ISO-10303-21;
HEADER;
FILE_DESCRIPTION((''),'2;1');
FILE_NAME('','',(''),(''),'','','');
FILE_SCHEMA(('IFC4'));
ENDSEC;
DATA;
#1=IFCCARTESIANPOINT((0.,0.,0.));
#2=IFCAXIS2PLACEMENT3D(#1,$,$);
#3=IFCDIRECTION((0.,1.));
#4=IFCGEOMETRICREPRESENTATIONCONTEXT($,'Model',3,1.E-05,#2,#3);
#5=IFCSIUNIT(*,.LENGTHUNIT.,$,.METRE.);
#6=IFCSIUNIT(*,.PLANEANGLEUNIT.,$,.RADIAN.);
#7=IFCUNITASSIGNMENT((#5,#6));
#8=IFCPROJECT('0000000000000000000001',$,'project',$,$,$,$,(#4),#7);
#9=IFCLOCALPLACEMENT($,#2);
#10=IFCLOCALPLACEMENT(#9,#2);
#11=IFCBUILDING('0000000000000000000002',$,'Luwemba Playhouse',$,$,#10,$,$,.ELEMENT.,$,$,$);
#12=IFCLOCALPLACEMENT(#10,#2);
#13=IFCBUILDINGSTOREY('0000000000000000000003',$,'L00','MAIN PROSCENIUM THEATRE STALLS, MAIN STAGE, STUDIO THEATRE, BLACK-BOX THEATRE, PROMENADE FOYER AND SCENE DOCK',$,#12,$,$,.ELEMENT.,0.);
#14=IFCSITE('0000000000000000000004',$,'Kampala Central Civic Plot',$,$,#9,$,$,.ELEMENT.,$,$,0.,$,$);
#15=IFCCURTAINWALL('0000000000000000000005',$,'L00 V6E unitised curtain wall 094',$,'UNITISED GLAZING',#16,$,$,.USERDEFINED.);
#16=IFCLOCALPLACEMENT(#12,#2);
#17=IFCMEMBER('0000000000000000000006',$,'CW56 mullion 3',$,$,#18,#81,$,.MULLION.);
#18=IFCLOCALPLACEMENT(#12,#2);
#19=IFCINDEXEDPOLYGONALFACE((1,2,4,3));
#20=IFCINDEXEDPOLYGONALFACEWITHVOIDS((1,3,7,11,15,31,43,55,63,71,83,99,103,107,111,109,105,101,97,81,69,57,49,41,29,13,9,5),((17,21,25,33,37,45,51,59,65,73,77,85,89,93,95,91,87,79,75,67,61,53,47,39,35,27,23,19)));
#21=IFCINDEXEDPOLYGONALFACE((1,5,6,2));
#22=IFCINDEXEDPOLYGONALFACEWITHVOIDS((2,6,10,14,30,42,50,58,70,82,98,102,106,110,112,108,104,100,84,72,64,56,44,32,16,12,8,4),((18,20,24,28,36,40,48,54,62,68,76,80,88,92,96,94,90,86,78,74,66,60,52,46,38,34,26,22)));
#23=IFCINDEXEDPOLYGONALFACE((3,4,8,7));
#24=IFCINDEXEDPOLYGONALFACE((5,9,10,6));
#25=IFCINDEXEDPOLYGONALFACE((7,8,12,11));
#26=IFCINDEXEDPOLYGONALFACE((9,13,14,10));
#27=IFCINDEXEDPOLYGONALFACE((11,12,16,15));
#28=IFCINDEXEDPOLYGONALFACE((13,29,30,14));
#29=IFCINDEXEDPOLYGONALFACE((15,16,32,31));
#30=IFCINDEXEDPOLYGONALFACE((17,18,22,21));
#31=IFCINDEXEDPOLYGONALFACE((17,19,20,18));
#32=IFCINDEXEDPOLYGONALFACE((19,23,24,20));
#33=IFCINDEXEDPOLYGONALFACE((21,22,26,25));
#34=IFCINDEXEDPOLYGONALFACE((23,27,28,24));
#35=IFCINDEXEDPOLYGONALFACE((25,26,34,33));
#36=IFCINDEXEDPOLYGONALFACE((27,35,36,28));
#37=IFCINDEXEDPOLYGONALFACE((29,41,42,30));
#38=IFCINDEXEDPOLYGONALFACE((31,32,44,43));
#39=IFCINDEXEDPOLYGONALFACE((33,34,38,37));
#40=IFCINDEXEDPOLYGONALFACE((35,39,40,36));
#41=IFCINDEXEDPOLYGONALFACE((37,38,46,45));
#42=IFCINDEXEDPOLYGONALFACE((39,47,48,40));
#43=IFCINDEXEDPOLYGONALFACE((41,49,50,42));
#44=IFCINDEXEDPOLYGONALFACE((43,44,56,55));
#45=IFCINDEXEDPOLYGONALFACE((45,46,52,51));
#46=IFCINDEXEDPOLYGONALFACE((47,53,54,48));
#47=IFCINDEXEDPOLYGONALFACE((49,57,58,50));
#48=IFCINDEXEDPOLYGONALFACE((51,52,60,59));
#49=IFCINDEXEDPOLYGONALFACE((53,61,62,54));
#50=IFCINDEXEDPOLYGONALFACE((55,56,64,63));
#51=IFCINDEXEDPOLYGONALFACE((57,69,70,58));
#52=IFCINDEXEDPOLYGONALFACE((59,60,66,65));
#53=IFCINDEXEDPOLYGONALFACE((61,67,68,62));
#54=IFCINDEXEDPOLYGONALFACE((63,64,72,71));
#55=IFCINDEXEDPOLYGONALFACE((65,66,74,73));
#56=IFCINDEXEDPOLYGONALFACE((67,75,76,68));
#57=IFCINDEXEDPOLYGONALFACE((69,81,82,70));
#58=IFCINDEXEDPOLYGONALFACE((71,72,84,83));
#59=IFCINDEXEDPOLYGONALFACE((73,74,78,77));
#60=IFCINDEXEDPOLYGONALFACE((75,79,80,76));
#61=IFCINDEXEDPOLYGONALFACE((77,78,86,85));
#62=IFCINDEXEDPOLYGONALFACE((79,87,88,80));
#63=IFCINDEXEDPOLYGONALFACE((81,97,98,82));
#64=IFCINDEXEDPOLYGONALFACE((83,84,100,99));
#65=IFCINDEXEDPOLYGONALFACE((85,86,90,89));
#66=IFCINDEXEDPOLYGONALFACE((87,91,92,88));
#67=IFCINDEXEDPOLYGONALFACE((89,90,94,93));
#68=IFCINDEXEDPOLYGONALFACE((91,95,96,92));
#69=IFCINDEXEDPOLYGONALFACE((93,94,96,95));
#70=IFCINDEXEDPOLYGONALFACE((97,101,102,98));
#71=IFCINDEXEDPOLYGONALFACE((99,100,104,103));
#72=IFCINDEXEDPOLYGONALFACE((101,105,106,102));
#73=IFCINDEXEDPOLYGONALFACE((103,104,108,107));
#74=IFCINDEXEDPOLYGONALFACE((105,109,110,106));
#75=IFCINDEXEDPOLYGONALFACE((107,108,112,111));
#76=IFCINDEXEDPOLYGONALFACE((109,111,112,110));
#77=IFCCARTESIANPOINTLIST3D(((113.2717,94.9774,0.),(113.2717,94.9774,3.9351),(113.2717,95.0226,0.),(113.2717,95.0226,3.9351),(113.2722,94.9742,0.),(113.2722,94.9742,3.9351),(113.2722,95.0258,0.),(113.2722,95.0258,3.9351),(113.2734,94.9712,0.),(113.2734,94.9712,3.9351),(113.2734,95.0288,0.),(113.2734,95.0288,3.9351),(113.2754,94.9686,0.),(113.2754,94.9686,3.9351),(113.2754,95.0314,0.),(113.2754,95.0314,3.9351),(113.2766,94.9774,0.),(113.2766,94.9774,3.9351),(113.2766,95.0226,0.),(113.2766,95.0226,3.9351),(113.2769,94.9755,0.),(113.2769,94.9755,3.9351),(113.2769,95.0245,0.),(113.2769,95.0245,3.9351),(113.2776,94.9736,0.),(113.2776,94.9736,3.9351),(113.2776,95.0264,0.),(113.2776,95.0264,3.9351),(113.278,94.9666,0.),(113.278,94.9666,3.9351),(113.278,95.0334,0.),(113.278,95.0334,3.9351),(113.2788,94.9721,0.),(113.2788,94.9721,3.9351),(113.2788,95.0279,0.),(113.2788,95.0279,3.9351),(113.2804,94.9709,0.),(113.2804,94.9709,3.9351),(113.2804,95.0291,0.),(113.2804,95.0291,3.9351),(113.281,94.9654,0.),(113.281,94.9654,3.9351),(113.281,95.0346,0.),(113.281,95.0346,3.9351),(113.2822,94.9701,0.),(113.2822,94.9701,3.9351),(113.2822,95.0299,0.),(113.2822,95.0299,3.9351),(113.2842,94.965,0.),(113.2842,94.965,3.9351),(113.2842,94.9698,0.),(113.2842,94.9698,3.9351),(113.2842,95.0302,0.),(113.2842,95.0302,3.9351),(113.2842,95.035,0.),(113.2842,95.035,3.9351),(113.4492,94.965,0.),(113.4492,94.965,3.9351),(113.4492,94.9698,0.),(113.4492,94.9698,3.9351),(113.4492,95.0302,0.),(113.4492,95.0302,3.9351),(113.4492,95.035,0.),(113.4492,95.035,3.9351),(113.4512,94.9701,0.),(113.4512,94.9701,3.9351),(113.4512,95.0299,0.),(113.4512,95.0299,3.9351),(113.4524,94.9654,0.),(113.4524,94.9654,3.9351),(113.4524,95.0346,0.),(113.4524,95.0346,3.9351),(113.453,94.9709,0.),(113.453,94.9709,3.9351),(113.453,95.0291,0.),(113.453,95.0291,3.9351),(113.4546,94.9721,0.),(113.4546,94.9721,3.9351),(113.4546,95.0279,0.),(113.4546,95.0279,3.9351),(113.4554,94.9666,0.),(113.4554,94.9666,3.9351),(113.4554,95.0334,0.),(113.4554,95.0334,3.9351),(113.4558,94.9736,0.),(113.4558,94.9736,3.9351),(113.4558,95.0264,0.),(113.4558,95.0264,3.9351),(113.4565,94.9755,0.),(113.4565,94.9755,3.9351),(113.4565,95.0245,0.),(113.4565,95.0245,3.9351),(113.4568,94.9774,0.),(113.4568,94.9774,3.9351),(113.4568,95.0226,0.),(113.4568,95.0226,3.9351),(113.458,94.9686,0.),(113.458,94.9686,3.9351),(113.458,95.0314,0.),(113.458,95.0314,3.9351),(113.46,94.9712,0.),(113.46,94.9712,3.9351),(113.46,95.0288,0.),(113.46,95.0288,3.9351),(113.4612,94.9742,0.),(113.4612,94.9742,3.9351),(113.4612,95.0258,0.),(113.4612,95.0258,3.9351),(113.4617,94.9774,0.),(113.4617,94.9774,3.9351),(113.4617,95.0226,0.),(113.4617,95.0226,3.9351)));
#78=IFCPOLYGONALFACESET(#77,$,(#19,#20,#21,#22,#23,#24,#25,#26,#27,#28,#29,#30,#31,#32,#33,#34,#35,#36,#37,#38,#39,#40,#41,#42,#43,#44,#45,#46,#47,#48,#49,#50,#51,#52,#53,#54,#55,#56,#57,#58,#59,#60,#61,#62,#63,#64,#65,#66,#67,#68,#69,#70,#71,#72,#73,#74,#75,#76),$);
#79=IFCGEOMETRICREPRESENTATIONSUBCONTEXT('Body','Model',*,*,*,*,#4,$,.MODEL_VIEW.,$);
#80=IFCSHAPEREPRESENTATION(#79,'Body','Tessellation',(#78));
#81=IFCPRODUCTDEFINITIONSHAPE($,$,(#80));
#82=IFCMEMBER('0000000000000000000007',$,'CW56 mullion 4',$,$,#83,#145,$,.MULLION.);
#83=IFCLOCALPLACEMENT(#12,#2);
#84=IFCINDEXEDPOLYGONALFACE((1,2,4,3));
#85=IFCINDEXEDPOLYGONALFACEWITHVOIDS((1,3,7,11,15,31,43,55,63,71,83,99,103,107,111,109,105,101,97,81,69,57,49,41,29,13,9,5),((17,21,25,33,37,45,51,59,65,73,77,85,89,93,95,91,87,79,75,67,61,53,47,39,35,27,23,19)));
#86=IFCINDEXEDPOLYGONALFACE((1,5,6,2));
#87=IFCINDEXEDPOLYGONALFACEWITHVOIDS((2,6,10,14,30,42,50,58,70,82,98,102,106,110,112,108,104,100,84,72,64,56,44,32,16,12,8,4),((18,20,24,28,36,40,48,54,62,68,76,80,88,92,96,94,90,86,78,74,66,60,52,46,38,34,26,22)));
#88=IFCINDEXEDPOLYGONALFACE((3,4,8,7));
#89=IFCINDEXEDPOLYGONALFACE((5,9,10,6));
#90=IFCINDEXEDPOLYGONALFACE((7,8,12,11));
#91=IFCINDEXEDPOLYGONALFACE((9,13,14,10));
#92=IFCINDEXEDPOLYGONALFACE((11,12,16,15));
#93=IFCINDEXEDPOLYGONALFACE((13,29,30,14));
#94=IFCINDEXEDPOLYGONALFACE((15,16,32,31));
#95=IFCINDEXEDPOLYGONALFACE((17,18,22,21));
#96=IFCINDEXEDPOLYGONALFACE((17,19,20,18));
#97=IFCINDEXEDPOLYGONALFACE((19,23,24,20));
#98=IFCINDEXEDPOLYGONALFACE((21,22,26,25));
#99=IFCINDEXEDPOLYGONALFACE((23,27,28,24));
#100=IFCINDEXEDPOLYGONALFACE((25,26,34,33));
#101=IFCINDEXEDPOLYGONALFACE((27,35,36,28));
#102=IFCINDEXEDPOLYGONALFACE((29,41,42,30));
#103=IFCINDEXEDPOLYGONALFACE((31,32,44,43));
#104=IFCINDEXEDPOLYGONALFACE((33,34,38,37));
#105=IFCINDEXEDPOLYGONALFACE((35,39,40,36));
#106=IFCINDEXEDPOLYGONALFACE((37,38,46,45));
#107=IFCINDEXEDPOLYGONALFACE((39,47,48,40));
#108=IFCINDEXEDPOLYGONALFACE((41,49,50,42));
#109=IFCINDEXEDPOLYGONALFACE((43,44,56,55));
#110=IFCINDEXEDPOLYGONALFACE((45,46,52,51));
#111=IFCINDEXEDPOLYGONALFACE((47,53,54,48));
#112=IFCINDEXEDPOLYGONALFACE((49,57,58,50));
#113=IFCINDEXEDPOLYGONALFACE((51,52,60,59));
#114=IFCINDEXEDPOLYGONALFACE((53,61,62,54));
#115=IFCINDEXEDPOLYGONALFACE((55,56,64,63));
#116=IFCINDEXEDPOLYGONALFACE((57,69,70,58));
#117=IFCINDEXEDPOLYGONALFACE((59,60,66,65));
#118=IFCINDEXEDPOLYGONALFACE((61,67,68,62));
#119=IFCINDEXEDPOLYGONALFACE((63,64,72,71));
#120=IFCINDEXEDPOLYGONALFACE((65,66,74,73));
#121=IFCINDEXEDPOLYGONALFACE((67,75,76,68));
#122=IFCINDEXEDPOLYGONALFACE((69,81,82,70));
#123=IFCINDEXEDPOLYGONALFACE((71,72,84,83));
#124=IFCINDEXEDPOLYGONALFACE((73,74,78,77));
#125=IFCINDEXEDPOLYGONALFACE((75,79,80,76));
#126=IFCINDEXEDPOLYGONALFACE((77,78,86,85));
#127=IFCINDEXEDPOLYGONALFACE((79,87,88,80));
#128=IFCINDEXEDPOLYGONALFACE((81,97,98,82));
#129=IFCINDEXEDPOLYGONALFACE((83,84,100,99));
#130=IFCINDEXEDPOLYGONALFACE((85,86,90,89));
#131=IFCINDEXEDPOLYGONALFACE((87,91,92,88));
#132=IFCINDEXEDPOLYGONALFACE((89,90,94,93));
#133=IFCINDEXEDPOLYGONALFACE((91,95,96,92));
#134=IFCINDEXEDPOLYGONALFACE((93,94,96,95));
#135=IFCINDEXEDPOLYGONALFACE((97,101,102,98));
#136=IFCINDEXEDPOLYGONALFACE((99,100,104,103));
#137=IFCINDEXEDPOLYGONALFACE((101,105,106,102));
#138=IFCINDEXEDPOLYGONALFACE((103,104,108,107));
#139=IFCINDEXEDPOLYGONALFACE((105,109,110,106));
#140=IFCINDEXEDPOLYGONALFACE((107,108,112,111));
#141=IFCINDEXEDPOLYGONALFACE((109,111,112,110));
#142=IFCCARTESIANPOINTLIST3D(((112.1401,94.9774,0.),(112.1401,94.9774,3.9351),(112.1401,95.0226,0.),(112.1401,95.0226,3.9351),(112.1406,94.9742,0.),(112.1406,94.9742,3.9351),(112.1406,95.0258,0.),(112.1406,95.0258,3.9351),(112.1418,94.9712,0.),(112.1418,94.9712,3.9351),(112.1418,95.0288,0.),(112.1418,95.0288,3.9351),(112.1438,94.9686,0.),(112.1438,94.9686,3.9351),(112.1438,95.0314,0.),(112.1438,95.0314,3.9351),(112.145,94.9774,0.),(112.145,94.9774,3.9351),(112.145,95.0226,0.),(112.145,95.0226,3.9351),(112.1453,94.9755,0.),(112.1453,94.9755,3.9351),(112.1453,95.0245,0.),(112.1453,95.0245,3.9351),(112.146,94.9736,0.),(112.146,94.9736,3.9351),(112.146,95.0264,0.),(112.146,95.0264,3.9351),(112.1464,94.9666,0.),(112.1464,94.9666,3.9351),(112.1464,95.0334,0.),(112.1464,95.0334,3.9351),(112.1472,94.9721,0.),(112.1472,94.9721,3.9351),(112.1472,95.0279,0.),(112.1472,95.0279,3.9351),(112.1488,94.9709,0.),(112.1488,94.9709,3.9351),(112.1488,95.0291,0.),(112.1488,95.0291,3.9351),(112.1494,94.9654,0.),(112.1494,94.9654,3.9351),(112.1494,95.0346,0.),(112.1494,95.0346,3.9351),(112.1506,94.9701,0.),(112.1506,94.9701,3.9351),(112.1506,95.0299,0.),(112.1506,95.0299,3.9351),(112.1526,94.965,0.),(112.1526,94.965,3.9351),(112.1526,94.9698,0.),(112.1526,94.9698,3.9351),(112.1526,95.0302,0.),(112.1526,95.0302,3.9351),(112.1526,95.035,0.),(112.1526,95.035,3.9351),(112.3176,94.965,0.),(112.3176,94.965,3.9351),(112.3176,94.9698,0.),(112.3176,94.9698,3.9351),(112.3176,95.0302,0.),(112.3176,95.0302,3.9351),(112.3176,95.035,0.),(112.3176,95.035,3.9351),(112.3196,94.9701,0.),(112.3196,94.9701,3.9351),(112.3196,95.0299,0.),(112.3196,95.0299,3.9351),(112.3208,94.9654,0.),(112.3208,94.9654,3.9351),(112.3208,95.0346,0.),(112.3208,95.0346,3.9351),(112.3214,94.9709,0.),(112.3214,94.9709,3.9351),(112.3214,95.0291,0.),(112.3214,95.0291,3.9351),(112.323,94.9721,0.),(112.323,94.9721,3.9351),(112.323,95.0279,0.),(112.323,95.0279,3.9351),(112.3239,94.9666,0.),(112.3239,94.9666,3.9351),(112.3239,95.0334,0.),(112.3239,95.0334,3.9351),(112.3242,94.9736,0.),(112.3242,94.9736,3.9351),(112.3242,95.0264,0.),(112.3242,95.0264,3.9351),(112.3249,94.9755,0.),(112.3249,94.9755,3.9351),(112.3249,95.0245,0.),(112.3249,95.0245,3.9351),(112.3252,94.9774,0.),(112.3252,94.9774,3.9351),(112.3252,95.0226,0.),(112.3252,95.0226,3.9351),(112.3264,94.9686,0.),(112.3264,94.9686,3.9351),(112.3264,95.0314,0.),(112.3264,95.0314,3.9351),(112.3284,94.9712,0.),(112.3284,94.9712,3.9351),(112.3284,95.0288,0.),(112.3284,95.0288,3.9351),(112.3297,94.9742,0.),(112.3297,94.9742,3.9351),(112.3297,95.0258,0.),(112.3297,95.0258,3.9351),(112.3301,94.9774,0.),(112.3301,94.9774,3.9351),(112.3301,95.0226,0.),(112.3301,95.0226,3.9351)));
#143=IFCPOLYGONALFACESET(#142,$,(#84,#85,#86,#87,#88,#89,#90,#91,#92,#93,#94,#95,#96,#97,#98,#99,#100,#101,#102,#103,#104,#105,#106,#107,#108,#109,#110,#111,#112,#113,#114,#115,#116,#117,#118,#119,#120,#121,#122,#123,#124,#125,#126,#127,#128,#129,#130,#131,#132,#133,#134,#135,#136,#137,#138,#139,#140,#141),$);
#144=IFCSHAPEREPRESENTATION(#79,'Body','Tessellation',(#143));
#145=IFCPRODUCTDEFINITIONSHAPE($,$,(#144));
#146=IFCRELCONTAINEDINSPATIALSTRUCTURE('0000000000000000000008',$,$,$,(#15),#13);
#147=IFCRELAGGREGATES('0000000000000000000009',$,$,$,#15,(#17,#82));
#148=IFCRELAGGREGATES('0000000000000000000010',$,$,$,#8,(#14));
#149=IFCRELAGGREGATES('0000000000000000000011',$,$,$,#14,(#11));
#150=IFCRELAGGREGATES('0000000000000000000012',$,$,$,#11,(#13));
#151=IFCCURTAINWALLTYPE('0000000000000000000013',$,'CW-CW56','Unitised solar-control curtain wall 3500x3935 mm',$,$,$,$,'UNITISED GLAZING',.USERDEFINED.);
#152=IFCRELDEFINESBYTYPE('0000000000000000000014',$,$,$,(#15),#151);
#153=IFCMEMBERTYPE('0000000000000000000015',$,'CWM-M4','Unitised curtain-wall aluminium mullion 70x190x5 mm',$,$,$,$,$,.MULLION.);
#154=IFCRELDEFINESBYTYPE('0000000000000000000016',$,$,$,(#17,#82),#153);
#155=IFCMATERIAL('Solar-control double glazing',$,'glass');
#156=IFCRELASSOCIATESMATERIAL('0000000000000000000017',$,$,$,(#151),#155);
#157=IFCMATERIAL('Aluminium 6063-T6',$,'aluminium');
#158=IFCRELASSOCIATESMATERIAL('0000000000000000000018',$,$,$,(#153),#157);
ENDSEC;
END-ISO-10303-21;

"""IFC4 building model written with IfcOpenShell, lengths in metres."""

from ifc_helpers import new_model, si_unit, direction, frame, origin, origin_2d, place, context, subcontext, project, spatial, hollow_rectangle, extrude, material, material_profile, profile_set, type_object, element, aggregate, save


model = new_model("IFC4")

# Units and contexts
model_context = context("Model", 3, precision=1e-05, world=origin(), true_north=direction((0.0, 1.0)))
body_context = subcontext(model_context, "Body", "Model", "MODEL_VIEW")
ifc_project = project(units=[si_unit("LENGTHUNIT", "METRE"), si_unit("PLANEANGLEUNIT", "RADIAN")], contexts=[model_context])

# Site, building, storey
site_placement = place(None, origin())
site = spatial("IfcSite", under=ifc_project, at=site_placement, Name="Kampala Central Civic Plot", CompositionType="ELEMENT", RefElevation=0.0)
building_placement = place(site_placement, origin())
building = spatial("IfcBuilding", under=site, at=building_placement, Name="Luwemba Playhouse", CompositionType="ELEMENT")
storey_placement = place(building_placement, origin())
storey = spatial("IfcBuildingStorey", under=building, at=storey_placement, Name="L00", Description="MAIN PROSCENIUM THEATRE STALLS, MAIN STAGE, STUDIO THEATRE, BLACK-BOX THEATRE, PROMENADE FOYER AND SCENE DOCK", CompositionType="ELEMENT", Elevation=0.0)

# Curtain wall, members
ifc_material_1 = material(Name="Solar-control double glazing", Category="glass")
curtain_wall_type = type_object("IfcCurtainWallType", Name="CW-CW56", Description="Unitised solar-control curtain wall 3500x3935 mm", ElementType="UNITISED GLAZING", PredefinedType="USERDEFINED", material=ifc_material_1)
curtain_wall_placement = place(storey_placement, origin())
curtain_wall = element("IfcCurtainWall", 1, at=curtain_wall_placement, inside=storey, type_object=curtain_wall_type, Name="L00 V6E unitised curtain wall 094", ObjectType="UNITISED GLAZING", PredefinedType="USERDEFINED")
ifc_material_2 = material(Name="Aluminium 6063-T6", Category="aluminium")
ifc_material_profile_1 = material_profile(ifc_material_2, hollow_rectangle(XDim=0.0701, YDim=0.1899, WallThickness=0.0049, InnerFilletRadius=0.0076, OuterFilletRadius=0.0125, at=origin_2d()))
ifc_profile_set_1 = profile_set([ifc_material_profile_1], Name="Aluminium 6063-T6")
member_type_1 = type_object("IfcMemberType", Name="CWM-M4", Description="Unitised curtain-wall aluminium mullion 70x190x5 mm", PredefinedType="MULLION", material=ifc_profile_set_1)
member_1_placement = place(storey_placement, frame((113.3667, 95.0, 0.0), z_axis=(0.0, 0.0, 1.0), x_axis=(0.0, -1.0, 0.0)))
member_1 = element("IfcMember", 2, at=member_1_placement, type_object=member_type_1, Name="CW56 mullion 3", PredefinedType="MULLION", context=body_context, shape_type="SweptSolid", body=[
    extrude(hollow_rectangle(XDim=0.0701, YDim=0.1899, WallThickness=0.0049, InnerFilletRadius=0.0076, OuterFilletRadius=0.0125, at=origin_2d()), origin(), (0.0, 0.0, 1.0), 3.9351),
])
member_2_placement = place(storey_placement, frame((112.2351, 95.0, 0.0), z_axis=(0.0, 0.0, 1.0), x_axis=(0.0, -1.0, 0.0)))
member_2 = element("IfcMember", 3, at=member_2_placement, type_object=member_type_1, Name="CW56 mullion 4", PredefinedType="MULLION", context=body_context, shape_type="SweptSolid", body=[
    extrude(hollow_rectangle(XDim=0.0701, YDim=0.1899, WallThickness=0.0049, InnerFilletRadius=0.0076, OuterFilletRadius=0.0125, at=origin_2d()), origin(), (0.0, 0.0, 1.0), 3.9351),
])
aggregate(curtain_wall, [member_1, member_2])

save(model, "model.ifc")
